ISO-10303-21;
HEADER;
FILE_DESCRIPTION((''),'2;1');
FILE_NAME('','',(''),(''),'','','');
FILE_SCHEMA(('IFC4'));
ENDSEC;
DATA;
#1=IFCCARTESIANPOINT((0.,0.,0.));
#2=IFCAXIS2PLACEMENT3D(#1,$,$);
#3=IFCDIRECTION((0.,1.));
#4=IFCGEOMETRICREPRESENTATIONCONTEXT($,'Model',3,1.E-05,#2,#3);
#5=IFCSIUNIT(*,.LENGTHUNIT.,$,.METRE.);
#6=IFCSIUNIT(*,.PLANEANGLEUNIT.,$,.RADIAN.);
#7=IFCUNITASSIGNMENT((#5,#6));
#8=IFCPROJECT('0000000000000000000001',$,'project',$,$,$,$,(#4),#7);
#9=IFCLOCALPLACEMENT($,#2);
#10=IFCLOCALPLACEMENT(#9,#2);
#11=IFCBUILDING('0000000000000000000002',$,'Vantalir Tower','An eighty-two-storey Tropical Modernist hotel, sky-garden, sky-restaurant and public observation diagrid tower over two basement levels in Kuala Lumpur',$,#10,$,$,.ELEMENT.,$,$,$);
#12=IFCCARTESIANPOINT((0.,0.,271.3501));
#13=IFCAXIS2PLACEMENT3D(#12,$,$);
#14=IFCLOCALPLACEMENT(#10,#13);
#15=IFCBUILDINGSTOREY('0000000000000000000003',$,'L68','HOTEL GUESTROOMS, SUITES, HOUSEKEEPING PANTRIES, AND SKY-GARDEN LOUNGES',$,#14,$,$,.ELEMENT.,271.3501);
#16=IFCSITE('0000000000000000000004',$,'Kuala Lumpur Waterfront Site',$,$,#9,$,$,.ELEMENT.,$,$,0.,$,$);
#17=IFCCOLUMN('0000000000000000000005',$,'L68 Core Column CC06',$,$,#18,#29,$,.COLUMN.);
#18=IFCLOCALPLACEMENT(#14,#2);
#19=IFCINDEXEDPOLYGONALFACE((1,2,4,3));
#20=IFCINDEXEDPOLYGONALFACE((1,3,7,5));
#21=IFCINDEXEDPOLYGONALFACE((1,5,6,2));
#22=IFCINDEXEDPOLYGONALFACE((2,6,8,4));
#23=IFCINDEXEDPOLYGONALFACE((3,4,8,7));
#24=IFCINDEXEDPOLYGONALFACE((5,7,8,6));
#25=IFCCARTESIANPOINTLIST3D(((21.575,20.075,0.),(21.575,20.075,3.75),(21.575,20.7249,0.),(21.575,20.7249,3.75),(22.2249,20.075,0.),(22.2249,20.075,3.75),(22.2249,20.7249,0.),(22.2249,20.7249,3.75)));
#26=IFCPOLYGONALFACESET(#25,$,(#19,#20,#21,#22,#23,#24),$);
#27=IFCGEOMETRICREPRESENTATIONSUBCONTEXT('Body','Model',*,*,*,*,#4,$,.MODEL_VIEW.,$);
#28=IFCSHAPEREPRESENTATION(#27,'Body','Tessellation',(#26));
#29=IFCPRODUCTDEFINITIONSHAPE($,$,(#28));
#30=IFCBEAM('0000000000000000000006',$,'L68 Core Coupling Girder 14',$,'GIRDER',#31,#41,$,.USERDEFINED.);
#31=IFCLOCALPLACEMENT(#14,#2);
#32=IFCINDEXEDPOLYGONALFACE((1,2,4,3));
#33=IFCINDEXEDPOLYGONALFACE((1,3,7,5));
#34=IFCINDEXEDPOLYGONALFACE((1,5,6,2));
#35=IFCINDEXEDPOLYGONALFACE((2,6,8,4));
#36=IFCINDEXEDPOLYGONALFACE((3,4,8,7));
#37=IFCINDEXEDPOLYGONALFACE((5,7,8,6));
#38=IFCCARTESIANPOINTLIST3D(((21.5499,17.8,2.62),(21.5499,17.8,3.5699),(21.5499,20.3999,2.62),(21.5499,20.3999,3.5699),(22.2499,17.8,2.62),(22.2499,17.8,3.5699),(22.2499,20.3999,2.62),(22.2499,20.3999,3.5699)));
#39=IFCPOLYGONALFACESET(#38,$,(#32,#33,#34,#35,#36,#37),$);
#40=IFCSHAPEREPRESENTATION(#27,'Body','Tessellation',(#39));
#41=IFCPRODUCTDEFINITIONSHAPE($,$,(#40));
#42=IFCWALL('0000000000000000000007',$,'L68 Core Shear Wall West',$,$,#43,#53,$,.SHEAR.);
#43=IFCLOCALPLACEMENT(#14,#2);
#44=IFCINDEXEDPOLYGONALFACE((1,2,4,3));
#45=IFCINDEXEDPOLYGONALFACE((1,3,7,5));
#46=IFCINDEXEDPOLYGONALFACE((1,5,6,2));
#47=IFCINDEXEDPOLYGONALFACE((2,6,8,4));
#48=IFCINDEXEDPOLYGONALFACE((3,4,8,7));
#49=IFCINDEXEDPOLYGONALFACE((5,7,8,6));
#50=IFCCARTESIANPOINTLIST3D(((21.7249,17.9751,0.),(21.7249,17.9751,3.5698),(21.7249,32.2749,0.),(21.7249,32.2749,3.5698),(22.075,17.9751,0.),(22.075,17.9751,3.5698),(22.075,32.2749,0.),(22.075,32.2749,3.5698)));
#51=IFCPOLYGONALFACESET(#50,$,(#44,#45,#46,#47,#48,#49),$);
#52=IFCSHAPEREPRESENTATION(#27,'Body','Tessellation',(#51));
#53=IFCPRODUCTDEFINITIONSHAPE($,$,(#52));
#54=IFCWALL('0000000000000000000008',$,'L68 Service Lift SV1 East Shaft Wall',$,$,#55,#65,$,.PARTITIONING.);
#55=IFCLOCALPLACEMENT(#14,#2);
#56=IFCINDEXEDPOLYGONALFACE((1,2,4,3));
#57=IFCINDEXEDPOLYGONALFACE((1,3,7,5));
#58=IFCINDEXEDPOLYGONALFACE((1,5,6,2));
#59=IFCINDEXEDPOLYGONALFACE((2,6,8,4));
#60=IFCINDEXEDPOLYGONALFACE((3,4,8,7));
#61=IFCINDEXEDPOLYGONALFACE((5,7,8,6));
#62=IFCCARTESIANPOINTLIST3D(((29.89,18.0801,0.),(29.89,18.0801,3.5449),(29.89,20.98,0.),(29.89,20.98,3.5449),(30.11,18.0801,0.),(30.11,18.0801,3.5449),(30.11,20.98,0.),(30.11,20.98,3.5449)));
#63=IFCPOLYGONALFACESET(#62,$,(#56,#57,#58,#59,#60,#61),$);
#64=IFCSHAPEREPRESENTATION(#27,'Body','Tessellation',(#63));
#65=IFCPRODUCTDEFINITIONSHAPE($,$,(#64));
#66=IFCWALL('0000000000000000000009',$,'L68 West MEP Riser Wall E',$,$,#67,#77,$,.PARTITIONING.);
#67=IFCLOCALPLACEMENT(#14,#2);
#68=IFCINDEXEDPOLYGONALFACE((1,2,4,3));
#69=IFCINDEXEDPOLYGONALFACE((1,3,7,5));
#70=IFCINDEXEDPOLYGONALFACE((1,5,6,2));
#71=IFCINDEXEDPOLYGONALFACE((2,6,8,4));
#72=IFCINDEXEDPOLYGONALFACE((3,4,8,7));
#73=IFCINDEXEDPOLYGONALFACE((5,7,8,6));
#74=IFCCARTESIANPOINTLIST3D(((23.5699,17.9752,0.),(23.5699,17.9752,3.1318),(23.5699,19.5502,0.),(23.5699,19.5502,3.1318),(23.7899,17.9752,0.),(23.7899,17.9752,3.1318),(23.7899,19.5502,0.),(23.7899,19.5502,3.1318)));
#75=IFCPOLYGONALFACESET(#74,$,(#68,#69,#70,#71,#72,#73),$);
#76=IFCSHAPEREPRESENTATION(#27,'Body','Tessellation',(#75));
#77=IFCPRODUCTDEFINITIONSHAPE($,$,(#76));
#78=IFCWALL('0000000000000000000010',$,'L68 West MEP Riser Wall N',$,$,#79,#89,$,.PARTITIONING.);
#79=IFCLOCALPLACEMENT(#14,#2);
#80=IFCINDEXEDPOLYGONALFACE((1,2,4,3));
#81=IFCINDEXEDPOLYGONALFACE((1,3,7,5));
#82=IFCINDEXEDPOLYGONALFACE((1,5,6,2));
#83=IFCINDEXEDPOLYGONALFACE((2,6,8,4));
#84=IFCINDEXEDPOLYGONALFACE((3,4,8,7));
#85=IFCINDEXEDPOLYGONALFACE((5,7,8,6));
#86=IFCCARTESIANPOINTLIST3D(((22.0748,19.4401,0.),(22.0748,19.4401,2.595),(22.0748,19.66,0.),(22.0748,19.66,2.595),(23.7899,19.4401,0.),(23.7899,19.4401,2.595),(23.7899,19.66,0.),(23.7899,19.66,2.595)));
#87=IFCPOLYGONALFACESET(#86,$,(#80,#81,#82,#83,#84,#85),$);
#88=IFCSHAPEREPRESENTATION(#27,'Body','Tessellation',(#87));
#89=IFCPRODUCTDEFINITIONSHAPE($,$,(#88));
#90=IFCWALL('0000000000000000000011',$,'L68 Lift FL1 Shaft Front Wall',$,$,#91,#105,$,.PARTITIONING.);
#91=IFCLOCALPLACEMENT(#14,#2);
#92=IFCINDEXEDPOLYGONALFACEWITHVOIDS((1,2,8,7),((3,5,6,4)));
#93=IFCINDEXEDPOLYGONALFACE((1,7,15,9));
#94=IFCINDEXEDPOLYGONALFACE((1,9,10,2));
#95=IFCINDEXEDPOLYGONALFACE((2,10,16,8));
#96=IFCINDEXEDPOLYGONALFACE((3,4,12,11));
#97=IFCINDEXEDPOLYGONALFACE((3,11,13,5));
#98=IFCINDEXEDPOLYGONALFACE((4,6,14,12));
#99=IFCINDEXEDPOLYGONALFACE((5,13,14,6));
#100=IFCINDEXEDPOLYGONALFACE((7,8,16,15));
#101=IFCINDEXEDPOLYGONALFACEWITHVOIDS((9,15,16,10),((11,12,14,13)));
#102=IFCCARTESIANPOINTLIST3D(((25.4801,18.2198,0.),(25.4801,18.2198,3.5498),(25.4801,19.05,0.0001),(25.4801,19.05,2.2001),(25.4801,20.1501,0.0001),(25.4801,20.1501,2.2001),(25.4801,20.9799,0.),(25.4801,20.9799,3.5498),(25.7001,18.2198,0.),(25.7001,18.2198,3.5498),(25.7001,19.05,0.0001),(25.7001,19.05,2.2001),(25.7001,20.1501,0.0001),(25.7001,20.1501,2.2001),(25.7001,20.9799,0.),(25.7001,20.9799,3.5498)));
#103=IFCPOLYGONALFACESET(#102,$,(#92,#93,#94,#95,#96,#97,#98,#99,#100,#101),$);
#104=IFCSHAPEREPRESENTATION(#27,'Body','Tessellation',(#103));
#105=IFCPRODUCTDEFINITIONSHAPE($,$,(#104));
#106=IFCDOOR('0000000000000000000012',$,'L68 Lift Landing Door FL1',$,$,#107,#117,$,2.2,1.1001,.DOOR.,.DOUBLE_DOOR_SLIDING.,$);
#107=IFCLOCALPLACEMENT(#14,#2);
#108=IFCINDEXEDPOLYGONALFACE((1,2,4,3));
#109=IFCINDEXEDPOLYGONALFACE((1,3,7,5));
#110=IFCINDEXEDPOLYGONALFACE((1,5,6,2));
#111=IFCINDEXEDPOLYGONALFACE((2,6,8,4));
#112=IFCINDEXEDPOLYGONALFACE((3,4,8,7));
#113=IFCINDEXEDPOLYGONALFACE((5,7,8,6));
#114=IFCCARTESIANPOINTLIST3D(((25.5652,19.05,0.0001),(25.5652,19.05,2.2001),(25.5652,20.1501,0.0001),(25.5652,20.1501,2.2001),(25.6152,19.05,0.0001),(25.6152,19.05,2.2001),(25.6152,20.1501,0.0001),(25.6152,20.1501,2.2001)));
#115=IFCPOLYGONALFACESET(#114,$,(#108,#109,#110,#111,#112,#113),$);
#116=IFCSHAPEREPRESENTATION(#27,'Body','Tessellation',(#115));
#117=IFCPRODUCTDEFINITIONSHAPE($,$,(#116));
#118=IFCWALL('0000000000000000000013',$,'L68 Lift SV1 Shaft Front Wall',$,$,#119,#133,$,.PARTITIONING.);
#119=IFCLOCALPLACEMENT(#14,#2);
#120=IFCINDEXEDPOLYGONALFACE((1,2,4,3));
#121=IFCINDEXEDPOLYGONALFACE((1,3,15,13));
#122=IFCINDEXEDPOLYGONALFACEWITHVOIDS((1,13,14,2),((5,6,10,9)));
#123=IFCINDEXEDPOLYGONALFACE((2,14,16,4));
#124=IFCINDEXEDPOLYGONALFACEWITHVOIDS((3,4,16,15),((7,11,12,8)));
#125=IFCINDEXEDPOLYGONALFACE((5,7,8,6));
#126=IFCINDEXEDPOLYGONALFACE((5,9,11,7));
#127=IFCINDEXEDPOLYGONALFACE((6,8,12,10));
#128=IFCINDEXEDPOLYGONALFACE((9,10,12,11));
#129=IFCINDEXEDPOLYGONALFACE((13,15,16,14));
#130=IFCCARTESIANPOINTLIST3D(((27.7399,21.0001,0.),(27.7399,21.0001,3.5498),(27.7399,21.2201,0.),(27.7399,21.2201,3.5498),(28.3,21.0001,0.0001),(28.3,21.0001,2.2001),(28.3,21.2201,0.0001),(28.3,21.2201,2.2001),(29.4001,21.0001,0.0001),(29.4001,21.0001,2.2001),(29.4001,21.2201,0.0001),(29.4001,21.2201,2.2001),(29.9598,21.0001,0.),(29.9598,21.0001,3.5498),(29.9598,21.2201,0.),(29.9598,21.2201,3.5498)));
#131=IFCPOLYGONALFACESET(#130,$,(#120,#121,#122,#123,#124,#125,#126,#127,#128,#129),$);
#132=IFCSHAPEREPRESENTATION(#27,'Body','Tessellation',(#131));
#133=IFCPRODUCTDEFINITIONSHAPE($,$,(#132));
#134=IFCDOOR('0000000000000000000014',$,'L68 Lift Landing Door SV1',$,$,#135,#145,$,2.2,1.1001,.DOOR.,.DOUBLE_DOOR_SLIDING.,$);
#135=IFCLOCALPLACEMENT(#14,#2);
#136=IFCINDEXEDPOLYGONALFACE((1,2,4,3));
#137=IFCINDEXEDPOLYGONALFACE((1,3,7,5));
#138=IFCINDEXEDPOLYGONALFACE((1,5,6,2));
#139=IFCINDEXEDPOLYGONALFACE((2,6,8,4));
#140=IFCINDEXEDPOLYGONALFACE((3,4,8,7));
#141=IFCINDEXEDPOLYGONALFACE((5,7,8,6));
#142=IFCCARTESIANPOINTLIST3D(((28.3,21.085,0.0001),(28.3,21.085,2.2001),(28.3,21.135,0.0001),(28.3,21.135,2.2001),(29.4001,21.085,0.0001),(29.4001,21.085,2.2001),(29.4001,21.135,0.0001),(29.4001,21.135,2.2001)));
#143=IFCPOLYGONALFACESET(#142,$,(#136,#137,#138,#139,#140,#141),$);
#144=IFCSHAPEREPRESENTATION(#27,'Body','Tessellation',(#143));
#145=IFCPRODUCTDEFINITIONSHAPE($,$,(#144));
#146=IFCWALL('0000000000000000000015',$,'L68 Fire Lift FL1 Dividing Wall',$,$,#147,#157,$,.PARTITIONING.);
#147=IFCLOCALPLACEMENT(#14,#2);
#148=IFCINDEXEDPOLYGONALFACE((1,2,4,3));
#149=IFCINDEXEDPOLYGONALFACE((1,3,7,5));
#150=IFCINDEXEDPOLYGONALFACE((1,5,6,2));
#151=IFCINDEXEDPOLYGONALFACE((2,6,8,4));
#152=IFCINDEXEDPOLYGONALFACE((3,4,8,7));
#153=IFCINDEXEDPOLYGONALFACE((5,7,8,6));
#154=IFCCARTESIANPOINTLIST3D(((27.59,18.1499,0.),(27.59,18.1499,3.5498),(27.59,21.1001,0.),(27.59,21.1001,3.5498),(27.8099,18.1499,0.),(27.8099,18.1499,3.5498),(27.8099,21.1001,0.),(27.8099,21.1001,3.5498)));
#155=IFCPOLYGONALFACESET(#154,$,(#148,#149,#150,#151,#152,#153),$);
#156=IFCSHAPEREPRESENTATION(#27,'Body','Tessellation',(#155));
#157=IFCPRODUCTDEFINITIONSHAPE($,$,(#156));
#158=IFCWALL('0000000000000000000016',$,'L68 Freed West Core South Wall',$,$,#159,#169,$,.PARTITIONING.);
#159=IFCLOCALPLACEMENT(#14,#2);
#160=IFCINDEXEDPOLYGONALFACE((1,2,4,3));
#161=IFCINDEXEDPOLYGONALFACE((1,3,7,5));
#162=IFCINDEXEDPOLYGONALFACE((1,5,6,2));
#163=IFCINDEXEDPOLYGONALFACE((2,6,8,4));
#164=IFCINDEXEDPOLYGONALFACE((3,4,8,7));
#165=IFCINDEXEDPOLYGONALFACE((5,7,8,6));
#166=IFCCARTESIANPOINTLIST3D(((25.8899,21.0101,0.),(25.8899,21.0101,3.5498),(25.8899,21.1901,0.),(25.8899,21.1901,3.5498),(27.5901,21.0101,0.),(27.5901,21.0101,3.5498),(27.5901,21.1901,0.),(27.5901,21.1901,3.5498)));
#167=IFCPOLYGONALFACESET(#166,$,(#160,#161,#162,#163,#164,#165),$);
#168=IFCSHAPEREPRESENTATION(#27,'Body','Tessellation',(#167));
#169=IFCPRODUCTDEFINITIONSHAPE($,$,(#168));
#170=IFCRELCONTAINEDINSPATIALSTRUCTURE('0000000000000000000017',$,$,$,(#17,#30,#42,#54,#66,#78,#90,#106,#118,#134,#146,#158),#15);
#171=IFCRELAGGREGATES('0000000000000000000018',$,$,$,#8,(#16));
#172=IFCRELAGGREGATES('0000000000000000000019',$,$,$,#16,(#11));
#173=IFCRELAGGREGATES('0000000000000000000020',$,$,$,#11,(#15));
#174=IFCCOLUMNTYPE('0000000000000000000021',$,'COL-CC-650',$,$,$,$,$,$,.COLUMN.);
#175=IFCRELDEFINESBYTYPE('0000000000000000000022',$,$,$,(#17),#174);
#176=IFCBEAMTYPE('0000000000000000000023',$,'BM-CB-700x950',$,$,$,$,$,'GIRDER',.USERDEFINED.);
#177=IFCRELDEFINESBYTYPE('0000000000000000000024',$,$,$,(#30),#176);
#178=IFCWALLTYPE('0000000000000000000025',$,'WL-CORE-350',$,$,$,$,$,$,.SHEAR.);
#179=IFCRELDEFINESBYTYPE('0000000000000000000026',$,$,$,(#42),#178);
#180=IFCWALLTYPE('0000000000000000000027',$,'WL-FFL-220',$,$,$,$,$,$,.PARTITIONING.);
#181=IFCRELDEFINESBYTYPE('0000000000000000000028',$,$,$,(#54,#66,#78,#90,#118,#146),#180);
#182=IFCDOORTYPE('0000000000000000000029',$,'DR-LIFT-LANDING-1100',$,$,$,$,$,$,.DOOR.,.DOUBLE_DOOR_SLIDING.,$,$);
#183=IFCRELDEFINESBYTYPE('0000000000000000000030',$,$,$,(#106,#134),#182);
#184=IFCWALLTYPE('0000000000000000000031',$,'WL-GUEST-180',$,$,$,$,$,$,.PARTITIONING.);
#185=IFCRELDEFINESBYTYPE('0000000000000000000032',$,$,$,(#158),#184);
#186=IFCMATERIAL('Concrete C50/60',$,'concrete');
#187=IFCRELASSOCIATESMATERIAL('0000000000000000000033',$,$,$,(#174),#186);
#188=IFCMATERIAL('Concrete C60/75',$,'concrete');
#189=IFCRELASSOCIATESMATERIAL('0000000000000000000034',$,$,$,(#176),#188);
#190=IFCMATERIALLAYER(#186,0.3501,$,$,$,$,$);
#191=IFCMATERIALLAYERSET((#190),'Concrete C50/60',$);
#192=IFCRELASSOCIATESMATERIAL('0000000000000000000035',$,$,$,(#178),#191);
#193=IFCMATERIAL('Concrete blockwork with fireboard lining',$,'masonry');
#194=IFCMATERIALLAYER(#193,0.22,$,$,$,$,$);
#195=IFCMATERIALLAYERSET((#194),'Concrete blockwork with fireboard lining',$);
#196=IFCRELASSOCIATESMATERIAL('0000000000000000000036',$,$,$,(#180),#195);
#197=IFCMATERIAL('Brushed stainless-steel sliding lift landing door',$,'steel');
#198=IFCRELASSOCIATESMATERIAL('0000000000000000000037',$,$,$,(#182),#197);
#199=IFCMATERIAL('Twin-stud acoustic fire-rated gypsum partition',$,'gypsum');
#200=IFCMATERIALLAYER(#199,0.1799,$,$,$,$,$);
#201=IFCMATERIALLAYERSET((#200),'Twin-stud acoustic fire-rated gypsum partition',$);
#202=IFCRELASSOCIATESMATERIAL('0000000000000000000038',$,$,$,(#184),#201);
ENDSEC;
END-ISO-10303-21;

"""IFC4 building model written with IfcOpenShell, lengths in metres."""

from ifc_helpers import new_model, si_unit, direction, frame, frame_2d, origin, origin_2d, place, context, subcontext, project, spatial, rectangle, extrude, material, layer, layer_set, material_profile, profile_set, type_object, element, fill, save


model = new_model("IFC4")

# Units and contexts
model_context = context("Model", 3, precision=1e-05, world=origin(), true_north=direction((0.0, 1.0)))
body_context = subcontext(model_context, "Body", "Model", "MODEL_VIEW")
ifc_project = project(units=[si_unit("LENGTHUNIT", "METRE"), si_unit("PLANEANGLEUNIT", "RADIAN")], contexts=[model_context])

# Site, building, storey
site_placement = place(None, origin())
site = spatial("IfcSite", under=ifc_project, at=site_placement, Name="Kuala Lumpur Waterfront Site", CompositionType="ELEMENT", RefElevation=0.0)
building_placement = place(site_placement, origin())
building = spatial("IfcBuilding", under=site, at=building_placement, Name="Vantalir Tower", Description="An eighty-two-storey Tropical Modernist hotel, sky-garden, sky-restaurant and public observation diagrid tower over two basement levels in Kuala Lumpur", CompositionType="ELEMENT")
storey_placement = place(building_placement, frame((0.0, 0.0, 271.3501)))
storey = spatial("IfcBuildingStorey", under=building, at=storey_placement, Name="L68", Description="HOTEL GUESTROOMS, SUITES, HOUSEKEEPING PANTRIES, AND SKY-GARDEN LOUNGES", CompositionType="ELEMENT", Elevation=271.3501)

# Column
ifc_material_1 = material(Name="Concrete C50/60", Category="concrete")
ifc_material_profile_1 = material_profile(ifc_material_1, rectangle(XDim=0.6499, YDim=0.6499, at=origin_2d()), Name="Concrete C50/60")
ifc_profile_set_1 = profile_set([ifc_material_profile_1], Name="Concrete C50/60")
column_type = type_object("IfcColumnType", Name="COL-CC-650", PredefinedType="COLUMN", material=ifc_profile_set_1)
column_placement = place(storey_placement, frame((21.8999, 20.3999, 0.0), z_axis=(0.0, 0.0, 1.0), x_axis=(1.0, 0.0, 0.0)))
element("IfcColumn", 1, at=column_placement, inside=storey, type_object=column_type, Name="L68 Core Column CC06", PredefinedType="COLUMN", context=body_context, shape_type="SweptSolid", body=[
    extrude(rectangle(XDim=0.6499, YDim=0.6499, at=origin_2d()), origin(), (0.0, 0.0, 1.0), 3.75),
])

# Beam
ifc_material_2 = material(Name="Concrete C60/75", Category="concrete")
ifc_material_profile_2 = material_profile(ifc_material_2, rectangle(XDim=0.7, YDim=0.95, at=origin_2d()), Name="Concrete C60/75")
ifc_profile_set_2 = profile_set([ifc_material_profile_2], Name="Concrete C60/75")
beam_type = type_object("IfcBeamType", Name="BM-CB-700x950", ElementType="GIRDER", PredefinedType="USERDEFINED", material=ifc_profile_set_2)
beam_placement = place(storey_placement, frame((21.8999, 20.3999, 3.095), z_axis=(0.0, -1.0, 0.0), x_axis=(1.0, 0.0, 0.0)))
element("IfcBeam", 2, at=beam_placement, inside=storey, type_object=beam_type, Name="L68 Core Coupling Girder 14", ObjectType="GIRDER", PredefinedType="USERDEFINED", context=body_context, shape_type="SweptSolid", body=[
    extrude(rectangle(XDim=0.7, YDim=0.95, at=origin_2d()), origin(), (0.0, 0.0, 1.0), 2.5999),
])

# Walls
ifc_layer_1 = layer(ifc_material_1, 0.3501)
ifc_layer_set_1 = layer_set([ifc_layer_1], Name="Concrete C50/60")
wall_type_1 = type_object("IfcWallType", Name="WL-CORE-350", PredefinedType="SHEAR", material=ifc_layer_set_1)
wall_1_placement = place(storey_placement, frame((21.8999, 17.9751, 0.0), z_axis=(0.0, 0.0, 1.0), x_axis=(0.0, 1.0, 0.0)))
element("IfcWall", 3, at=wall_1_placement, inside=storey, type_object=wall_type_1, Name="L68 Core Shear Wall West", PredefinedType="SHEAR", context=body_context, shape_type="SweptSolid", body=[
    extrude(rectangle(XDim=14.2998, YDim=0.3501, at=frame_2d((7.1499, 0.0))), origin(), (0.0, 0.0, 1.0), 3.5698),
])
ifc_material_3 = material(Name="Concrete blockwork with fireboard lining", Category="masonry")
ifc_layer_2 = layer(ifc_material_3, 0.22)
ifc_layer_set_2 = layer_set([ifc_layer_2], Name="Concrete blockwork with fireboard lining")
wall_type_2 = type_object("IfcWallType", Name="WL-FFL-220", PredefinedType="PARTITIONING", material=ifc_layer_set_2)
wall_2_placement = place(storey_placement, frame((30.0, 18.0801, 0.0), z_axis=(0.0, 0.0, 1.0), x_axis=(0.0, 1.0, 0.0)))
element("IfcWall", 4, at=wall_2_placement, inside=storey, type_object=wall_type_2, Name="L68 Service Lift SV1 East Shaft Wall", PredefinedType="PARTITIONING", context=body_context, shape_type="SweptSolid", body=[
    extrude(rectangle(XDim=2.8999, YDim=0.22, at=frame_2d((1.45, 0.0))), origin(), (0.0, 0.0, 1.0), 3.5449),
])
wall_3_placement = place(storey_placement, frame((23.6799, 17.9751, 0.0), z_axis=(0.0, 0.0, 1.0), x_axis=(0.0, 1.0, 0.0)))
element("IfcWall", 5, at=wall_3_placement, inside=storey, type_object=wall_type_2, Name="L68 West MEP Riser Wall E", PredefinedType="PARTITIONING", context=body_context, shape_type="SweptSolid", body=[
    extrude(rectangle(XDim=1.575, YDim=0.22, at=frame_2d((0.7876, 0.0))), origin(), (0.0, 0.0, 1.0), 3.1318),
])
wall_4_placement = place(storey_placement, frame((22.075, 19.55, 0.0), z_axis=(0.0, 0.0, 1.0), x_axis=(1.0, 0.0, 0.0)))
element("IfcWall", 6, at=wall_4_placement, inside=storey, type_object=wall_type_2, Name="L68 West MEP Riser Wall N", PredefinedType="PARTITIONING", context=body_context, shape_type="SweptSolid", body=[
    extrude(rectangle(XDim=1.7151, YDim=0.22, at=frame_2d((0.8574, 0.0))), origin(), (0.0, 0.0, 1.0), 2.595),
])

# Walls, openings, doors
wall_5_placement = place(storey_placement, frame((25.5901, 18.22, 0.0), z_axis=(0.0, 0.0, 1.0), x_axis=(0.0, 1.0, 0.0)))
wall_5 = element("IfcWall", 7, at=wall_5_placement, inside=storey, type_object=wall_type_2, Name="L68 Lift FL1 Shaft Front Wall", PredefinedType="PARTITIONING", context=body_context, shape_type="SweptSolid", body=[
    extrude(rectangle(XDim=2.76, YDim=0.22, at=frame_2d((1.3799, 0.0))), origin(), (0.0, 0.0, 1.0), 3.5498),
])
opening_1_placement = place(wall_5_placement, frame((0.8301, 0.0, 0.0)))
opening_1 = element("IfcOpeningElement", 8, at=opening_1_placement, cuts=wall_5, PredefinedType="OPENING", context=body_context, shape_type="SweptSolid", body=[
    extrude(rectangle(XDim=1.1001, YDim=2.2, at=frame_2d((0.55, 1.1001))), frame((0.0, 0.1199, 0.0), z_axis=(0.0, -1.0, 0.0), x_axis=(1.0, 0.0, 0.0)), (0.0, 0.0, 1.0), 0.24),
])
ifc_material_4 = material(Name="Brushed stainless-steel sliding lift landing door", Category="steel")
door_type_1 = type_object("IfcDoorType", Name="DR-LIFT-LANDING-1100", OperationType="DOUBLE_DOOR_SLIDING", PredefinedType="DOOR", material=ifc_material_4)
door_1_placement = place(opening_1_placement, origin())
door_1 = element("IfcDoor", 9, at=door_1_placement, inside=storey, type_object=door_type_1, Name="L68 Lift Landing Door FL1", OperationType="DOUBLE_DOOR_SLIDING", OverallHeight=2.2, OverallWidth=1.1001, PredefinedType="DOOR", context=body_context, shape_type="SweptSolid", body=[
    extrude(rectangle(XDim=1.1001, YDim=2.2, at=frame_2d((0.55, 1.1001))), frame((0.0, 0.0249, 0.0), z_axis=(0.0, -1.0, 0.0), x_axis=(1.0, 0.0, 0.0)), (0.0, 0.0, 1.0), 0.05),
])
fill(opening_1, door_1)
wall_6_placement = place(storey_placement, frame((27.74, 21.1101, 0.0), z_axis=(0.0, 0.0, 1.0), x_axis=(1.0, 0.0, 0.0)))
wall_6 = element("IfcWall", 10, at=wall_6_placement, inside=storey, type_object=wall_type_2, Name="L68 Lift SV1 Shaft Front Wall", PredefinedType="PARTITIONING", context=body_context, shape_type="SweptSolid", body=[
    extrude(rectangle(XDim=2.22, YDim=0.22, at=frame_2d((1.1099, 0.0))), origin(), (0.0, 0.0, 1.0), 3.5498),
])
opening_2_placement = place(wall_6_placement, frame((0.5601, 0.0, 0.0)))
opening_2 = element("IfcOpeningElement", 11, at=opening_2_placement, cuts=wall_6, PredefinedType="OPENING", context=body_context, shape_type="SweptSolid", body=[
    extrude(rectangle(XDim=1.1001, YDim=2.2, at=frame_2d((0.55, 1.1001))), frame((0.0, 0.1199, 0.0), z_axis=(0.0, -1.0, 0.0), x_axis=(1.0, 0.0, 0.0)), (0.0, 0.0, 1.0), 0.24),
])
door_2_placement = place(opening_2_placement, origin())
door_2 = element("IfcDoor", 12, at=door_2_placement, inside=storey, type_object=door_type_1, Name="L68 Lift Landing Door SV1", OperationType="DOUBLE_DOOR_SLIDING", OverallHeight=2.2, OverallWidth=1.1001, PredefinedType="DOOR", context=body_context, shape_type="SweptSolid", body=[
    extrude(rectangle(XDim=1.1001, YDim=2.2, at=frame_2d((0.55, 1.1001))), frame((0.0, 0.0249, 0.0), z_axis=(0.0, -1.0, 0.0), x_axis=(1.0, 0.0, 0.0)), (0.0, 0.0, 1.0), 0.05),
])
fill(opening_2, door_2)

# Walls
wall_7_placement = place(storey_placement, frame((27.7, 18.1499, 0.0), z_axis=(0.0, 0.0, 1.0), x_axis=(0.0, 1.0, 0.0)))
element("IfcWall", 13, at=wall_7_placement, inside=storey, type_object=wall_type_2, Name="L68 Fire Lift FL1 Dividing Wall", PredefinedType="PARTITIONING", context=body_context, shape_type="SweptSolid", body=[
    extrude(rectangle(XDim=2.9502, YDim=0.22, at=frame_2d((1.4751, 0.0))), origin(), (0.0, 0.0, 1.0), 3.5498),
])
ifc_material_5 = material(Name="Twin-stud acoustic fire-rated gypsum partition", Category="gypsum")
ifc_layer_3 = layer(ifc_material_5, 0.1799)
ifc_layer_set_3 = layer_set([ifc_layer_3], Name="Twin-stud acoustic fire-rated gypsum partition")
wall_type_3 = type_object("IfcWallType", Name="WL-GUEST-180", PredefinedType="PARTITIONING", material=ifc_layer_set_3)
wall_8_placement = place(storey_placement, frame((25.8899, 21.1001, 0.0), z_axis=(0.0, 0.0, 1.0), x_axis=(1.0, 0.0, 0.0)))
element("IfcWall", 14, at=wall_8_placement, inside=storey, type_object=wall_type_3, Name="L68 Freed West Core South Wall", PredefinedType="PARTITIONING", context=body_context, shape_type="SweptSolid", body=[
    extrude(rectangle(XDim=1.7002, YDim=0.1799, at=frame_2d((0.8501, 0.0))), origin(), (0.0, 0.0, 1.0), 3.5498),
])

save(model, "model.ifc")
